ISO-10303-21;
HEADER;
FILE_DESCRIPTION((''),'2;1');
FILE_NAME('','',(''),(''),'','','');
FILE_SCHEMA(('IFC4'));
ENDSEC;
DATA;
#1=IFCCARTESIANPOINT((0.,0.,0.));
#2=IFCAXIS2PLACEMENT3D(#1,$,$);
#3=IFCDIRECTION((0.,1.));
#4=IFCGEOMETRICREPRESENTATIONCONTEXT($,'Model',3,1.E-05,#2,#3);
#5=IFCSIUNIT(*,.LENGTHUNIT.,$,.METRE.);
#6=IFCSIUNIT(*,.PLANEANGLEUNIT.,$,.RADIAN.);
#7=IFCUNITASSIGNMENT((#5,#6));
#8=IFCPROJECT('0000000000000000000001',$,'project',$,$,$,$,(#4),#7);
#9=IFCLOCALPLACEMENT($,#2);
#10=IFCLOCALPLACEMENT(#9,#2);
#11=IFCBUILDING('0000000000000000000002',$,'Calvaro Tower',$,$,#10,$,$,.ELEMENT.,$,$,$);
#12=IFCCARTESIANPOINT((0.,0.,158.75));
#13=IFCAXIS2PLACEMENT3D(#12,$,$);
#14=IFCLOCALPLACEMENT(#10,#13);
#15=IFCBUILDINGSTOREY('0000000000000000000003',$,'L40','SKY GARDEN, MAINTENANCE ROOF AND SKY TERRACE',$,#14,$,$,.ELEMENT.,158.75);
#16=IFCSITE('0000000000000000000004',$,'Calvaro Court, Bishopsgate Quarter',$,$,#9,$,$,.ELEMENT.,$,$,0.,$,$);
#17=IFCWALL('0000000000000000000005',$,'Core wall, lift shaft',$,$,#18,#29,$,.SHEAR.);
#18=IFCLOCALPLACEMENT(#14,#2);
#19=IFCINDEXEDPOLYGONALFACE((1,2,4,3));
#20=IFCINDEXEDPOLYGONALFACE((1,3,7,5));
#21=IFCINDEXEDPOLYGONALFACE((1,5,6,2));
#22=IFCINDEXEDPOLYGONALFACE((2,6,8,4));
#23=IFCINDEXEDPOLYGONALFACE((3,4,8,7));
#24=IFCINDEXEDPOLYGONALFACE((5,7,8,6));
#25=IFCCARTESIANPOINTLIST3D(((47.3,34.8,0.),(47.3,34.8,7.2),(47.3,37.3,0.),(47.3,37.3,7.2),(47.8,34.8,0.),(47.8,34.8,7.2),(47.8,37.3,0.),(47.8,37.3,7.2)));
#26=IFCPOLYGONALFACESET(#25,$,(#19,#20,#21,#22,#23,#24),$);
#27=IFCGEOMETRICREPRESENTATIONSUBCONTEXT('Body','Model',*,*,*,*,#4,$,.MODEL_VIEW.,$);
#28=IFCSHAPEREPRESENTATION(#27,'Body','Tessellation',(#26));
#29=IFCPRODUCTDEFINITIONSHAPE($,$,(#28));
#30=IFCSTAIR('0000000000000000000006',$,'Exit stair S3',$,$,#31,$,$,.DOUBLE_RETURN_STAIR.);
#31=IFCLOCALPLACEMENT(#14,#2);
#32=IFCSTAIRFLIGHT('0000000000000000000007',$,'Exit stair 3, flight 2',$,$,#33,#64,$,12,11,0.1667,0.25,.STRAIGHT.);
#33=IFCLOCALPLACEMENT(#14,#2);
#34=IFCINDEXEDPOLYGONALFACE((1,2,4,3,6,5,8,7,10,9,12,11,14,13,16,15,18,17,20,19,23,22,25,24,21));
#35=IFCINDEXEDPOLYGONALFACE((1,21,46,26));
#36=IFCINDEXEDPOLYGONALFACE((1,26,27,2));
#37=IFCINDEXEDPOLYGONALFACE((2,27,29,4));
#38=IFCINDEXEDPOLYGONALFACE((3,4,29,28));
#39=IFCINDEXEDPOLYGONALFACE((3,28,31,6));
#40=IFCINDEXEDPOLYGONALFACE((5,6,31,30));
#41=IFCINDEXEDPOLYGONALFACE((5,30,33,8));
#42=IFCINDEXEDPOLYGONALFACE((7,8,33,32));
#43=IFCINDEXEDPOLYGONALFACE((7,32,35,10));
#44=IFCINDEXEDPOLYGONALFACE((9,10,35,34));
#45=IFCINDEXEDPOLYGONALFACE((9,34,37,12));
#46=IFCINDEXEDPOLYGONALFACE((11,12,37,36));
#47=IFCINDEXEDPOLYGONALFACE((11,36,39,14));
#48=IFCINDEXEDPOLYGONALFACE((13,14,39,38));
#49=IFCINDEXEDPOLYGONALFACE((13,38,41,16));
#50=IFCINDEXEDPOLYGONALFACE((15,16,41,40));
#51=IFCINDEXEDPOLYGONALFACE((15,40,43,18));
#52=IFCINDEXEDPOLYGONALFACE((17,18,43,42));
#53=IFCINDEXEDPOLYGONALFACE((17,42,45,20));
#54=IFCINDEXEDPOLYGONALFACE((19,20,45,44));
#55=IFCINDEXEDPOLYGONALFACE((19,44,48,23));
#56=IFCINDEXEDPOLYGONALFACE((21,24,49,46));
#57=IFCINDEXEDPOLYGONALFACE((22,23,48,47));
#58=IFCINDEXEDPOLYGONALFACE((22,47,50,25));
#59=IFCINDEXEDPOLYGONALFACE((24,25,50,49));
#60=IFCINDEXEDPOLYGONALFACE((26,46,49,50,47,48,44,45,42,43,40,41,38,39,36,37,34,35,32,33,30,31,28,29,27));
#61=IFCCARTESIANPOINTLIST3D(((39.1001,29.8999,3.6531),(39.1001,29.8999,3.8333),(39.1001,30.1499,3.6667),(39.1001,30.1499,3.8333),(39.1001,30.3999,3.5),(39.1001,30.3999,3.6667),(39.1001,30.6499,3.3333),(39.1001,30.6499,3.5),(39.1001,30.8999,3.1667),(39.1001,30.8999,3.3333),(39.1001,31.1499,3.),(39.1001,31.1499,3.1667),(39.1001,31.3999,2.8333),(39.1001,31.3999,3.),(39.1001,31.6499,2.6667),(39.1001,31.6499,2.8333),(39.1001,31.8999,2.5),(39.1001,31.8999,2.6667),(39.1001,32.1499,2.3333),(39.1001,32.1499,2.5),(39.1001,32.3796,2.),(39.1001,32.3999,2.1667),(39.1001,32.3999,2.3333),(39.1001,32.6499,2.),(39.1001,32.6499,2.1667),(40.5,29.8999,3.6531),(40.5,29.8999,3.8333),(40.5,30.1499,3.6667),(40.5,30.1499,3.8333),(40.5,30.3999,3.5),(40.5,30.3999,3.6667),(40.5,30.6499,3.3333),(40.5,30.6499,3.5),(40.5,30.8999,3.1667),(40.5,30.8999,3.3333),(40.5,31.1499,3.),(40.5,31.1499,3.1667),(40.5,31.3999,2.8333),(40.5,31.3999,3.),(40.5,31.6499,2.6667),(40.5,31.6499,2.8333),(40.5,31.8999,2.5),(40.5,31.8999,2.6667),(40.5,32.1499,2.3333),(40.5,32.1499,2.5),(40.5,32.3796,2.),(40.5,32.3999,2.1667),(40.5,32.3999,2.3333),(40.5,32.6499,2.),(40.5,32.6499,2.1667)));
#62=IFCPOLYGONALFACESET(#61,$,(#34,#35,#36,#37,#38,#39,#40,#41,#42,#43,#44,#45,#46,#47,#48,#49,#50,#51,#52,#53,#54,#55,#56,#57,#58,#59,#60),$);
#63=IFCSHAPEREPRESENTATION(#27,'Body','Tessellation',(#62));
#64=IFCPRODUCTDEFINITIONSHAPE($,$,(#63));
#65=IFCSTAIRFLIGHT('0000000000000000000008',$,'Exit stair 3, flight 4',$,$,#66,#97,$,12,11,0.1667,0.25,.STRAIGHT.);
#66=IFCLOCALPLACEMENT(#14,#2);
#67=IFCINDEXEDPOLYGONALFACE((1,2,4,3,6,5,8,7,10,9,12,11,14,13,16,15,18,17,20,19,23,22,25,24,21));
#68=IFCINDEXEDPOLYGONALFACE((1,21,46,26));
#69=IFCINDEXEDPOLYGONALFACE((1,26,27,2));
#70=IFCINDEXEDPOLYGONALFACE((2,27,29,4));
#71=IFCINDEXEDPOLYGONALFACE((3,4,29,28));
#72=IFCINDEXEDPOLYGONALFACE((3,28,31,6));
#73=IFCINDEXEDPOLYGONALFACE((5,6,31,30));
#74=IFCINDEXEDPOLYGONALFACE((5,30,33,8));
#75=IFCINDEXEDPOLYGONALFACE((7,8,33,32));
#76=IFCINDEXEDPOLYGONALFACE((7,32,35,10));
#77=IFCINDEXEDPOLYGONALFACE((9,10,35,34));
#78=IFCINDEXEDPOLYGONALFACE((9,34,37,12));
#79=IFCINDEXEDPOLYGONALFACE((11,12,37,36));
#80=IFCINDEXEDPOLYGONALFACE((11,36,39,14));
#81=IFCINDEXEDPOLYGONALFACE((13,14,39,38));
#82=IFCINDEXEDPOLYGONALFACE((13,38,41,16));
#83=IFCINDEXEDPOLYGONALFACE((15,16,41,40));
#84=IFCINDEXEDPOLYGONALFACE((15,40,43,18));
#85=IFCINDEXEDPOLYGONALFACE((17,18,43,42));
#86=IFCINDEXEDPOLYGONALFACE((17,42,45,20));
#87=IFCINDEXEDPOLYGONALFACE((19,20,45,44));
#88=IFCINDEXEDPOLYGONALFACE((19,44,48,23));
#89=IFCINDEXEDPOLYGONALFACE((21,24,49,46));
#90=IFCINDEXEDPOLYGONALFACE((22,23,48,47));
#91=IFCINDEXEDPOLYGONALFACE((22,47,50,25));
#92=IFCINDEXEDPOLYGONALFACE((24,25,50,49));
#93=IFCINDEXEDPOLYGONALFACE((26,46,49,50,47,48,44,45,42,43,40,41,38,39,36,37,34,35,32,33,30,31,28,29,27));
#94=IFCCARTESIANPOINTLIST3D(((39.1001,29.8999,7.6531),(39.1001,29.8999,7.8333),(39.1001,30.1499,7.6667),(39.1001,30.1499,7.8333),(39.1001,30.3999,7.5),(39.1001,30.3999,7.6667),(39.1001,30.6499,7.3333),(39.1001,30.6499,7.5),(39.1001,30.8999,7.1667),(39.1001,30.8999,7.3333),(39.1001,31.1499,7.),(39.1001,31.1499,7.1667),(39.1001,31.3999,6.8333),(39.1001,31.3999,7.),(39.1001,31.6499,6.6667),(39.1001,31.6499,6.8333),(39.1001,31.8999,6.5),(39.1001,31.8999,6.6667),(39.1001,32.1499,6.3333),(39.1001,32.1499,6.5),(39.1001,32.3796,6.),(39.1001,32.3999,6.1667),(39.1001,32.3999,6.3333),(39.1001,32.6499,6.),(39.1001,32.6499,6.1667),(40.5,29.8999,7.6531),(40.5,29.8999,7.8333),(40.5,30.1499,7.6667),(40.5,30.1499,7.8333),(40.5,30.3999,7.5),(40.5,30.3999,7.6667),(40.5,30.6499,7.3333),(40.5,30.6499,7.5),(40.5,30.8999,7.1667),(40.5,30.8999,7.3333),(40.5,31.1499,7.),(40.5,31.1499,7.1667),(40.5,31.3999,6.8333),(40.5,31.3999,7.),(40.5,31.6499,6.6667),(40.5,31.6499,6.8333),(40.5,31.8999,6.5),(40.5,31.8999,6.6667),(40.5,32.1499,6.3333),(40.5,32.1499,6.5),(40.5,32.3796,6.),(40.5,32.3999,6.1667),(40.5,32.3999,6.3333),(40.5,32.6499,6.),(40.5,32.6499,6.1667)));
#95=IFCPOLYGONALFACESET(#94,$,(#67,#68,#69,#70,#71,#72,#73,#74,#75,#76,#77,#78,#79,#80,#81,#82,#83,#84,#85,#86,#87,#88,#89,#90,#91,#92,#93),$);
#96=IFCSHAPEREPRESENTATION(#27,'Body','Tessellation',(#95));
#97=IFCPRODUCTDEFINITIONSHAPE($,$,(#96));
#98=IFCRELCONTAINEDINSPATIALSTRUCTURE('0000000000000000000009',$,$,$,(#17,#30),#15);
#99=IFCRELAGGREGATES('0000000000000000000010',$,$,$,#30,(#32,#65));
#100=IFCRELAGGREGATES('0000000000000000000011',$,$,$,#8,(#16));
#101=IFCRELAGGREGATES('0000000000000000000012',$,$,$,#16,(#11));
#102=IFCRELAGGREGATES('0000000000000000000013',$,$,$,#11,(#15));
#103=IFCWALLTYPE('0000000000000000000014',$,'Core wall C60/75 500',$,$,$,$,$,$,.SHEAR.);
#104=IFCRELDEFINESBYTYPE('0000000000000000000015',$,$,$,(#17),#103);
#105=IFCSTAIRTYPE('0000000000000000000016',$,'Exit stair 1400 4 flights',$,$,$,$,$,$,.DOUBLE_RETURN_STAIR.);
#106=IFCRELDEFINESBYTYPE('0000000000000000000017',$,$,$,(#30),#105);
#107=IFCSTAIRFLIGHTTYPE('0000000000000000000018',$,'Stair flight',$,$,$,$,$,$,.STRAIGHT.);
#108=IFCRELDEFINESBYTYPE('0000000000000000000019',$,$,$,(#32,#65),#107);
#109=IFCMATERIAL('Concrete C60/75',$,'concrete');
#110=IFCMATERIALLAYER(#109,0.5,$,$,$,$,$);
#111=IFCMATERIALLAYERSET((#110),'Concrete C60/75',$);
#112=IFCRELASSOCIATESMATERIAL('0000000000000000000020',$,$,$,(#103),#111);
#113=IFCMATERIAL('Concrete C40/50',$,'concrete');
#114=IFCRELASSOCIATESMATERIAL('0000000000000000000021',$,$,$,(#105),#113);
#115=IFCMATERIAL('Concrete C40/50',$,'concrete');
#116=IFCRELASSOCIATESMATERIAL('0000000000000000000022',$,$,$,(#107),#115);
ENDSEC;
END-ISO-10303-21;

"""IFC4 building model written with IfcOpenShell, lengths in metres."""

from ifc_helpers import new_model, si_unit, direction, frame, frame_2d, origin, place, context, subcontext, project, spatial, polyline, rectangle, outline, extrude, material, layer, layer_set, type_object, element, aggregate, save


model = new_model("IFC4")

# Units and contexts
model_context = context("Model", 3, precision=1e-05, world=origin(), true_north=direction((0.0, 1.0)))
body_context = subcontext(model_context, "Body", "Model", "MODEL_VIEW")
ifc_project = project(units=[si_unit("LENGTHUNIT", "METRE"), si_unit("PLANEANGLEUNIT", "RADIAN")], contexts=[model_context])

# Site, building, storey
site_placement = place(None, origin())
site = spatial("IfcSite", under=ifc_project, at=site_placement, Name="Calvaro Court, Bishopsgate Quarter", CompositionType="ELEMENT", RefElevation=0.0)
building_placement = place(site_placement, origin())
building = spatial("IfcBuilding", under=site, at=building_placement, Name="Calvaro Tower", CompositionType="ELEMENT")
storey_placement = place(building_placement, frame((0.0, 0.0, 158.75)))
storey = spatial("IfcBuildingStorey", under=building, at=storey_placement, Name="L40", Description="SKY GARDEN, MAINTENANCE ROOF AND SKY TERRACE", CompositionType="ELEMENT", Elevation=158.75)

# Wall
ifc_material_1 = material(Name="Concrete C60/75", Category="concrete")
ifc_layer_1 = layer(ifc_material_1, 0.5)
ifc_layer_set_1 = layer_set([ifc_layer_1], Name="Concrete C60/75")
wall_type_1 = type_object("IfcWallType", Name="Core wall C60/75 500", PredefinedType="SHEAR", material=ifc_layer_set_1)
wall_1_placement = place(storey_placement, frame((47.55, 34.8, 0.0), z_axis=(0.0, 0.0, 1.0), x_axis=(0.0, 1.0, 0.0)))
element("IfcWall", 1, at=wall_1_placement, inside=storey, type_object=wall_type_1, Name="Core wall, lift shaft", PredefinedType="SHEAR", context=body_context, shape_type="SweptSolid", body=[
    extrude(rectangle(XDim=2.5, YDim=0.5, at=frame_2d((1.25, 0.0))), origin(), (0.0, 0.0, 1.0), 7.2),
])

# Stair, stair flights
ifc_material_2 = material(Name="Concrete C40/50", Category="concrete")
stair_type = type_object("IfcStairType", Name="Exit stair 1400 4 flights", PredefinedType="DOUBLE_RETURN_STAIR", material=ifc_material_2)
stair_placement = place(storey_placement, origin())
stair = element("IfcStair", 2, at=stair_placement, inside=storey, type_object=stair_type, Name="Exit stair S3", PredefinedType="DOUBLE_RETURN_STAIR")
ifc_material_3 = material(Name="Concrete C40/50", Category="concrete")
stair_flight_type = type_object("IfcStairFlightType", Name="Stair flight", PredefinedType="STRAIGHT", material=ifc_material_3)
stair_flight_1_placement = place(storey_placement, frame((39.8, 32.6499, 2.0), z_axis=(0.0, 0.0, 1.0), x_axis=(0.0, -1.0, 0.0)))
stair_flight_1 = element("IfcStairFlight", 3, at=stair_flight_1_placement, type_object=stair_flight_type, Name="Exit stair 3, flight 2", NumberOfRisers=12, NumberOfTreads=11, PredefinedType="STRAIGHT", RiserHeight=0.1667, TreadLength=0.25, context=body_context, shape_type="SweptSolid", body=[
    extrude(outline(polyline([(0.0, 0.0), (0.0, 0.1667), (0.25, 0.1667), (0.25, 0.3333), (0.5, 0.3333), (0.5, 0.5), (0.75, 0.5), (0.75, 0.6667), (1.0, 0.6667), (1.0, 0.8333), (1.25, 0.8333), (1.25, 1.0), (1.5, 1.0), (1.5, 1.1667), (1.75, 1.1667), (1.75, 1.3333), (2.0, 1.3333), (2.0, 1.5), (2.25, 1.5), (2.25, 1.6667), (2.5, 1.6667), (2.5, 1.8333), (2.75, 1.8333), (2.75, 2.0), (2.75, 1.6531), (0.2703, 0.0), (0.0, 0.0)])), frame((0.0, 0.7, 0.0), z_axis=(0.0, -1.0, 0.0), x_axis=(1.0, 0.0, 0.0)), (0.0, 0.0, 1.0), 1.3999),
])
stair_flight_2_placement = place(storey_placement, frame((39.8, 32.6499, 6.0), z_axis=(0.0, 0.0, 1.0), x_axis=(0.0, -1.0, 0.0)))
stair_flight_2 = element("IfcStairFlight", 4, at=stair_flight_2_placement, type_object=stair_flight_type, Name="Exit stair 3, flight 4", NumberOfRisers=12, NumberOfTreads=11, PredefinedType="STRAIGHT", RiserHeight=0.1667, TreadLength=0.25, context=body_context, shape_type="SweptSolid", body=[
    extrude(outline(polyline([(0.0, 0.0), (0.0, 0.1667), (0.25, 0.1667), (0.25, 0.3333), (0.5, 0.3333), (0.5, 0.5), (0.75, 0.5), (0.75, 0.6667), (1.0, 0.6667), (1.0, 0.8333), (1.25, 0.8333), (1.25, 1.0), (1.5, 1.0), (1.5, 1.1667), (1.75, 1.1667), (1.75, 1.3333), (2.0, 1.3333), (2.0, 1.5), (2.25, 1.5), (2.25, 1.6667), (2.5, 1.6667), (2.5, 1.8333), (2.75, 1.8333), (2.75, 2.0), (2.75, 1.6531), (0.2703, 0.0), (0.0, 0.0)])), frame((0.0, 0.7, 0.0), z_axis=(0.0, -1.0, 0.0), x_axis=(1.0, 0.0, 0.0)), (0.0, 0.0, 1.0), 1.3999),
])
aggregate(stair, [stair_flight_1, stair_flight_2])

save(model, "model.ifc")
